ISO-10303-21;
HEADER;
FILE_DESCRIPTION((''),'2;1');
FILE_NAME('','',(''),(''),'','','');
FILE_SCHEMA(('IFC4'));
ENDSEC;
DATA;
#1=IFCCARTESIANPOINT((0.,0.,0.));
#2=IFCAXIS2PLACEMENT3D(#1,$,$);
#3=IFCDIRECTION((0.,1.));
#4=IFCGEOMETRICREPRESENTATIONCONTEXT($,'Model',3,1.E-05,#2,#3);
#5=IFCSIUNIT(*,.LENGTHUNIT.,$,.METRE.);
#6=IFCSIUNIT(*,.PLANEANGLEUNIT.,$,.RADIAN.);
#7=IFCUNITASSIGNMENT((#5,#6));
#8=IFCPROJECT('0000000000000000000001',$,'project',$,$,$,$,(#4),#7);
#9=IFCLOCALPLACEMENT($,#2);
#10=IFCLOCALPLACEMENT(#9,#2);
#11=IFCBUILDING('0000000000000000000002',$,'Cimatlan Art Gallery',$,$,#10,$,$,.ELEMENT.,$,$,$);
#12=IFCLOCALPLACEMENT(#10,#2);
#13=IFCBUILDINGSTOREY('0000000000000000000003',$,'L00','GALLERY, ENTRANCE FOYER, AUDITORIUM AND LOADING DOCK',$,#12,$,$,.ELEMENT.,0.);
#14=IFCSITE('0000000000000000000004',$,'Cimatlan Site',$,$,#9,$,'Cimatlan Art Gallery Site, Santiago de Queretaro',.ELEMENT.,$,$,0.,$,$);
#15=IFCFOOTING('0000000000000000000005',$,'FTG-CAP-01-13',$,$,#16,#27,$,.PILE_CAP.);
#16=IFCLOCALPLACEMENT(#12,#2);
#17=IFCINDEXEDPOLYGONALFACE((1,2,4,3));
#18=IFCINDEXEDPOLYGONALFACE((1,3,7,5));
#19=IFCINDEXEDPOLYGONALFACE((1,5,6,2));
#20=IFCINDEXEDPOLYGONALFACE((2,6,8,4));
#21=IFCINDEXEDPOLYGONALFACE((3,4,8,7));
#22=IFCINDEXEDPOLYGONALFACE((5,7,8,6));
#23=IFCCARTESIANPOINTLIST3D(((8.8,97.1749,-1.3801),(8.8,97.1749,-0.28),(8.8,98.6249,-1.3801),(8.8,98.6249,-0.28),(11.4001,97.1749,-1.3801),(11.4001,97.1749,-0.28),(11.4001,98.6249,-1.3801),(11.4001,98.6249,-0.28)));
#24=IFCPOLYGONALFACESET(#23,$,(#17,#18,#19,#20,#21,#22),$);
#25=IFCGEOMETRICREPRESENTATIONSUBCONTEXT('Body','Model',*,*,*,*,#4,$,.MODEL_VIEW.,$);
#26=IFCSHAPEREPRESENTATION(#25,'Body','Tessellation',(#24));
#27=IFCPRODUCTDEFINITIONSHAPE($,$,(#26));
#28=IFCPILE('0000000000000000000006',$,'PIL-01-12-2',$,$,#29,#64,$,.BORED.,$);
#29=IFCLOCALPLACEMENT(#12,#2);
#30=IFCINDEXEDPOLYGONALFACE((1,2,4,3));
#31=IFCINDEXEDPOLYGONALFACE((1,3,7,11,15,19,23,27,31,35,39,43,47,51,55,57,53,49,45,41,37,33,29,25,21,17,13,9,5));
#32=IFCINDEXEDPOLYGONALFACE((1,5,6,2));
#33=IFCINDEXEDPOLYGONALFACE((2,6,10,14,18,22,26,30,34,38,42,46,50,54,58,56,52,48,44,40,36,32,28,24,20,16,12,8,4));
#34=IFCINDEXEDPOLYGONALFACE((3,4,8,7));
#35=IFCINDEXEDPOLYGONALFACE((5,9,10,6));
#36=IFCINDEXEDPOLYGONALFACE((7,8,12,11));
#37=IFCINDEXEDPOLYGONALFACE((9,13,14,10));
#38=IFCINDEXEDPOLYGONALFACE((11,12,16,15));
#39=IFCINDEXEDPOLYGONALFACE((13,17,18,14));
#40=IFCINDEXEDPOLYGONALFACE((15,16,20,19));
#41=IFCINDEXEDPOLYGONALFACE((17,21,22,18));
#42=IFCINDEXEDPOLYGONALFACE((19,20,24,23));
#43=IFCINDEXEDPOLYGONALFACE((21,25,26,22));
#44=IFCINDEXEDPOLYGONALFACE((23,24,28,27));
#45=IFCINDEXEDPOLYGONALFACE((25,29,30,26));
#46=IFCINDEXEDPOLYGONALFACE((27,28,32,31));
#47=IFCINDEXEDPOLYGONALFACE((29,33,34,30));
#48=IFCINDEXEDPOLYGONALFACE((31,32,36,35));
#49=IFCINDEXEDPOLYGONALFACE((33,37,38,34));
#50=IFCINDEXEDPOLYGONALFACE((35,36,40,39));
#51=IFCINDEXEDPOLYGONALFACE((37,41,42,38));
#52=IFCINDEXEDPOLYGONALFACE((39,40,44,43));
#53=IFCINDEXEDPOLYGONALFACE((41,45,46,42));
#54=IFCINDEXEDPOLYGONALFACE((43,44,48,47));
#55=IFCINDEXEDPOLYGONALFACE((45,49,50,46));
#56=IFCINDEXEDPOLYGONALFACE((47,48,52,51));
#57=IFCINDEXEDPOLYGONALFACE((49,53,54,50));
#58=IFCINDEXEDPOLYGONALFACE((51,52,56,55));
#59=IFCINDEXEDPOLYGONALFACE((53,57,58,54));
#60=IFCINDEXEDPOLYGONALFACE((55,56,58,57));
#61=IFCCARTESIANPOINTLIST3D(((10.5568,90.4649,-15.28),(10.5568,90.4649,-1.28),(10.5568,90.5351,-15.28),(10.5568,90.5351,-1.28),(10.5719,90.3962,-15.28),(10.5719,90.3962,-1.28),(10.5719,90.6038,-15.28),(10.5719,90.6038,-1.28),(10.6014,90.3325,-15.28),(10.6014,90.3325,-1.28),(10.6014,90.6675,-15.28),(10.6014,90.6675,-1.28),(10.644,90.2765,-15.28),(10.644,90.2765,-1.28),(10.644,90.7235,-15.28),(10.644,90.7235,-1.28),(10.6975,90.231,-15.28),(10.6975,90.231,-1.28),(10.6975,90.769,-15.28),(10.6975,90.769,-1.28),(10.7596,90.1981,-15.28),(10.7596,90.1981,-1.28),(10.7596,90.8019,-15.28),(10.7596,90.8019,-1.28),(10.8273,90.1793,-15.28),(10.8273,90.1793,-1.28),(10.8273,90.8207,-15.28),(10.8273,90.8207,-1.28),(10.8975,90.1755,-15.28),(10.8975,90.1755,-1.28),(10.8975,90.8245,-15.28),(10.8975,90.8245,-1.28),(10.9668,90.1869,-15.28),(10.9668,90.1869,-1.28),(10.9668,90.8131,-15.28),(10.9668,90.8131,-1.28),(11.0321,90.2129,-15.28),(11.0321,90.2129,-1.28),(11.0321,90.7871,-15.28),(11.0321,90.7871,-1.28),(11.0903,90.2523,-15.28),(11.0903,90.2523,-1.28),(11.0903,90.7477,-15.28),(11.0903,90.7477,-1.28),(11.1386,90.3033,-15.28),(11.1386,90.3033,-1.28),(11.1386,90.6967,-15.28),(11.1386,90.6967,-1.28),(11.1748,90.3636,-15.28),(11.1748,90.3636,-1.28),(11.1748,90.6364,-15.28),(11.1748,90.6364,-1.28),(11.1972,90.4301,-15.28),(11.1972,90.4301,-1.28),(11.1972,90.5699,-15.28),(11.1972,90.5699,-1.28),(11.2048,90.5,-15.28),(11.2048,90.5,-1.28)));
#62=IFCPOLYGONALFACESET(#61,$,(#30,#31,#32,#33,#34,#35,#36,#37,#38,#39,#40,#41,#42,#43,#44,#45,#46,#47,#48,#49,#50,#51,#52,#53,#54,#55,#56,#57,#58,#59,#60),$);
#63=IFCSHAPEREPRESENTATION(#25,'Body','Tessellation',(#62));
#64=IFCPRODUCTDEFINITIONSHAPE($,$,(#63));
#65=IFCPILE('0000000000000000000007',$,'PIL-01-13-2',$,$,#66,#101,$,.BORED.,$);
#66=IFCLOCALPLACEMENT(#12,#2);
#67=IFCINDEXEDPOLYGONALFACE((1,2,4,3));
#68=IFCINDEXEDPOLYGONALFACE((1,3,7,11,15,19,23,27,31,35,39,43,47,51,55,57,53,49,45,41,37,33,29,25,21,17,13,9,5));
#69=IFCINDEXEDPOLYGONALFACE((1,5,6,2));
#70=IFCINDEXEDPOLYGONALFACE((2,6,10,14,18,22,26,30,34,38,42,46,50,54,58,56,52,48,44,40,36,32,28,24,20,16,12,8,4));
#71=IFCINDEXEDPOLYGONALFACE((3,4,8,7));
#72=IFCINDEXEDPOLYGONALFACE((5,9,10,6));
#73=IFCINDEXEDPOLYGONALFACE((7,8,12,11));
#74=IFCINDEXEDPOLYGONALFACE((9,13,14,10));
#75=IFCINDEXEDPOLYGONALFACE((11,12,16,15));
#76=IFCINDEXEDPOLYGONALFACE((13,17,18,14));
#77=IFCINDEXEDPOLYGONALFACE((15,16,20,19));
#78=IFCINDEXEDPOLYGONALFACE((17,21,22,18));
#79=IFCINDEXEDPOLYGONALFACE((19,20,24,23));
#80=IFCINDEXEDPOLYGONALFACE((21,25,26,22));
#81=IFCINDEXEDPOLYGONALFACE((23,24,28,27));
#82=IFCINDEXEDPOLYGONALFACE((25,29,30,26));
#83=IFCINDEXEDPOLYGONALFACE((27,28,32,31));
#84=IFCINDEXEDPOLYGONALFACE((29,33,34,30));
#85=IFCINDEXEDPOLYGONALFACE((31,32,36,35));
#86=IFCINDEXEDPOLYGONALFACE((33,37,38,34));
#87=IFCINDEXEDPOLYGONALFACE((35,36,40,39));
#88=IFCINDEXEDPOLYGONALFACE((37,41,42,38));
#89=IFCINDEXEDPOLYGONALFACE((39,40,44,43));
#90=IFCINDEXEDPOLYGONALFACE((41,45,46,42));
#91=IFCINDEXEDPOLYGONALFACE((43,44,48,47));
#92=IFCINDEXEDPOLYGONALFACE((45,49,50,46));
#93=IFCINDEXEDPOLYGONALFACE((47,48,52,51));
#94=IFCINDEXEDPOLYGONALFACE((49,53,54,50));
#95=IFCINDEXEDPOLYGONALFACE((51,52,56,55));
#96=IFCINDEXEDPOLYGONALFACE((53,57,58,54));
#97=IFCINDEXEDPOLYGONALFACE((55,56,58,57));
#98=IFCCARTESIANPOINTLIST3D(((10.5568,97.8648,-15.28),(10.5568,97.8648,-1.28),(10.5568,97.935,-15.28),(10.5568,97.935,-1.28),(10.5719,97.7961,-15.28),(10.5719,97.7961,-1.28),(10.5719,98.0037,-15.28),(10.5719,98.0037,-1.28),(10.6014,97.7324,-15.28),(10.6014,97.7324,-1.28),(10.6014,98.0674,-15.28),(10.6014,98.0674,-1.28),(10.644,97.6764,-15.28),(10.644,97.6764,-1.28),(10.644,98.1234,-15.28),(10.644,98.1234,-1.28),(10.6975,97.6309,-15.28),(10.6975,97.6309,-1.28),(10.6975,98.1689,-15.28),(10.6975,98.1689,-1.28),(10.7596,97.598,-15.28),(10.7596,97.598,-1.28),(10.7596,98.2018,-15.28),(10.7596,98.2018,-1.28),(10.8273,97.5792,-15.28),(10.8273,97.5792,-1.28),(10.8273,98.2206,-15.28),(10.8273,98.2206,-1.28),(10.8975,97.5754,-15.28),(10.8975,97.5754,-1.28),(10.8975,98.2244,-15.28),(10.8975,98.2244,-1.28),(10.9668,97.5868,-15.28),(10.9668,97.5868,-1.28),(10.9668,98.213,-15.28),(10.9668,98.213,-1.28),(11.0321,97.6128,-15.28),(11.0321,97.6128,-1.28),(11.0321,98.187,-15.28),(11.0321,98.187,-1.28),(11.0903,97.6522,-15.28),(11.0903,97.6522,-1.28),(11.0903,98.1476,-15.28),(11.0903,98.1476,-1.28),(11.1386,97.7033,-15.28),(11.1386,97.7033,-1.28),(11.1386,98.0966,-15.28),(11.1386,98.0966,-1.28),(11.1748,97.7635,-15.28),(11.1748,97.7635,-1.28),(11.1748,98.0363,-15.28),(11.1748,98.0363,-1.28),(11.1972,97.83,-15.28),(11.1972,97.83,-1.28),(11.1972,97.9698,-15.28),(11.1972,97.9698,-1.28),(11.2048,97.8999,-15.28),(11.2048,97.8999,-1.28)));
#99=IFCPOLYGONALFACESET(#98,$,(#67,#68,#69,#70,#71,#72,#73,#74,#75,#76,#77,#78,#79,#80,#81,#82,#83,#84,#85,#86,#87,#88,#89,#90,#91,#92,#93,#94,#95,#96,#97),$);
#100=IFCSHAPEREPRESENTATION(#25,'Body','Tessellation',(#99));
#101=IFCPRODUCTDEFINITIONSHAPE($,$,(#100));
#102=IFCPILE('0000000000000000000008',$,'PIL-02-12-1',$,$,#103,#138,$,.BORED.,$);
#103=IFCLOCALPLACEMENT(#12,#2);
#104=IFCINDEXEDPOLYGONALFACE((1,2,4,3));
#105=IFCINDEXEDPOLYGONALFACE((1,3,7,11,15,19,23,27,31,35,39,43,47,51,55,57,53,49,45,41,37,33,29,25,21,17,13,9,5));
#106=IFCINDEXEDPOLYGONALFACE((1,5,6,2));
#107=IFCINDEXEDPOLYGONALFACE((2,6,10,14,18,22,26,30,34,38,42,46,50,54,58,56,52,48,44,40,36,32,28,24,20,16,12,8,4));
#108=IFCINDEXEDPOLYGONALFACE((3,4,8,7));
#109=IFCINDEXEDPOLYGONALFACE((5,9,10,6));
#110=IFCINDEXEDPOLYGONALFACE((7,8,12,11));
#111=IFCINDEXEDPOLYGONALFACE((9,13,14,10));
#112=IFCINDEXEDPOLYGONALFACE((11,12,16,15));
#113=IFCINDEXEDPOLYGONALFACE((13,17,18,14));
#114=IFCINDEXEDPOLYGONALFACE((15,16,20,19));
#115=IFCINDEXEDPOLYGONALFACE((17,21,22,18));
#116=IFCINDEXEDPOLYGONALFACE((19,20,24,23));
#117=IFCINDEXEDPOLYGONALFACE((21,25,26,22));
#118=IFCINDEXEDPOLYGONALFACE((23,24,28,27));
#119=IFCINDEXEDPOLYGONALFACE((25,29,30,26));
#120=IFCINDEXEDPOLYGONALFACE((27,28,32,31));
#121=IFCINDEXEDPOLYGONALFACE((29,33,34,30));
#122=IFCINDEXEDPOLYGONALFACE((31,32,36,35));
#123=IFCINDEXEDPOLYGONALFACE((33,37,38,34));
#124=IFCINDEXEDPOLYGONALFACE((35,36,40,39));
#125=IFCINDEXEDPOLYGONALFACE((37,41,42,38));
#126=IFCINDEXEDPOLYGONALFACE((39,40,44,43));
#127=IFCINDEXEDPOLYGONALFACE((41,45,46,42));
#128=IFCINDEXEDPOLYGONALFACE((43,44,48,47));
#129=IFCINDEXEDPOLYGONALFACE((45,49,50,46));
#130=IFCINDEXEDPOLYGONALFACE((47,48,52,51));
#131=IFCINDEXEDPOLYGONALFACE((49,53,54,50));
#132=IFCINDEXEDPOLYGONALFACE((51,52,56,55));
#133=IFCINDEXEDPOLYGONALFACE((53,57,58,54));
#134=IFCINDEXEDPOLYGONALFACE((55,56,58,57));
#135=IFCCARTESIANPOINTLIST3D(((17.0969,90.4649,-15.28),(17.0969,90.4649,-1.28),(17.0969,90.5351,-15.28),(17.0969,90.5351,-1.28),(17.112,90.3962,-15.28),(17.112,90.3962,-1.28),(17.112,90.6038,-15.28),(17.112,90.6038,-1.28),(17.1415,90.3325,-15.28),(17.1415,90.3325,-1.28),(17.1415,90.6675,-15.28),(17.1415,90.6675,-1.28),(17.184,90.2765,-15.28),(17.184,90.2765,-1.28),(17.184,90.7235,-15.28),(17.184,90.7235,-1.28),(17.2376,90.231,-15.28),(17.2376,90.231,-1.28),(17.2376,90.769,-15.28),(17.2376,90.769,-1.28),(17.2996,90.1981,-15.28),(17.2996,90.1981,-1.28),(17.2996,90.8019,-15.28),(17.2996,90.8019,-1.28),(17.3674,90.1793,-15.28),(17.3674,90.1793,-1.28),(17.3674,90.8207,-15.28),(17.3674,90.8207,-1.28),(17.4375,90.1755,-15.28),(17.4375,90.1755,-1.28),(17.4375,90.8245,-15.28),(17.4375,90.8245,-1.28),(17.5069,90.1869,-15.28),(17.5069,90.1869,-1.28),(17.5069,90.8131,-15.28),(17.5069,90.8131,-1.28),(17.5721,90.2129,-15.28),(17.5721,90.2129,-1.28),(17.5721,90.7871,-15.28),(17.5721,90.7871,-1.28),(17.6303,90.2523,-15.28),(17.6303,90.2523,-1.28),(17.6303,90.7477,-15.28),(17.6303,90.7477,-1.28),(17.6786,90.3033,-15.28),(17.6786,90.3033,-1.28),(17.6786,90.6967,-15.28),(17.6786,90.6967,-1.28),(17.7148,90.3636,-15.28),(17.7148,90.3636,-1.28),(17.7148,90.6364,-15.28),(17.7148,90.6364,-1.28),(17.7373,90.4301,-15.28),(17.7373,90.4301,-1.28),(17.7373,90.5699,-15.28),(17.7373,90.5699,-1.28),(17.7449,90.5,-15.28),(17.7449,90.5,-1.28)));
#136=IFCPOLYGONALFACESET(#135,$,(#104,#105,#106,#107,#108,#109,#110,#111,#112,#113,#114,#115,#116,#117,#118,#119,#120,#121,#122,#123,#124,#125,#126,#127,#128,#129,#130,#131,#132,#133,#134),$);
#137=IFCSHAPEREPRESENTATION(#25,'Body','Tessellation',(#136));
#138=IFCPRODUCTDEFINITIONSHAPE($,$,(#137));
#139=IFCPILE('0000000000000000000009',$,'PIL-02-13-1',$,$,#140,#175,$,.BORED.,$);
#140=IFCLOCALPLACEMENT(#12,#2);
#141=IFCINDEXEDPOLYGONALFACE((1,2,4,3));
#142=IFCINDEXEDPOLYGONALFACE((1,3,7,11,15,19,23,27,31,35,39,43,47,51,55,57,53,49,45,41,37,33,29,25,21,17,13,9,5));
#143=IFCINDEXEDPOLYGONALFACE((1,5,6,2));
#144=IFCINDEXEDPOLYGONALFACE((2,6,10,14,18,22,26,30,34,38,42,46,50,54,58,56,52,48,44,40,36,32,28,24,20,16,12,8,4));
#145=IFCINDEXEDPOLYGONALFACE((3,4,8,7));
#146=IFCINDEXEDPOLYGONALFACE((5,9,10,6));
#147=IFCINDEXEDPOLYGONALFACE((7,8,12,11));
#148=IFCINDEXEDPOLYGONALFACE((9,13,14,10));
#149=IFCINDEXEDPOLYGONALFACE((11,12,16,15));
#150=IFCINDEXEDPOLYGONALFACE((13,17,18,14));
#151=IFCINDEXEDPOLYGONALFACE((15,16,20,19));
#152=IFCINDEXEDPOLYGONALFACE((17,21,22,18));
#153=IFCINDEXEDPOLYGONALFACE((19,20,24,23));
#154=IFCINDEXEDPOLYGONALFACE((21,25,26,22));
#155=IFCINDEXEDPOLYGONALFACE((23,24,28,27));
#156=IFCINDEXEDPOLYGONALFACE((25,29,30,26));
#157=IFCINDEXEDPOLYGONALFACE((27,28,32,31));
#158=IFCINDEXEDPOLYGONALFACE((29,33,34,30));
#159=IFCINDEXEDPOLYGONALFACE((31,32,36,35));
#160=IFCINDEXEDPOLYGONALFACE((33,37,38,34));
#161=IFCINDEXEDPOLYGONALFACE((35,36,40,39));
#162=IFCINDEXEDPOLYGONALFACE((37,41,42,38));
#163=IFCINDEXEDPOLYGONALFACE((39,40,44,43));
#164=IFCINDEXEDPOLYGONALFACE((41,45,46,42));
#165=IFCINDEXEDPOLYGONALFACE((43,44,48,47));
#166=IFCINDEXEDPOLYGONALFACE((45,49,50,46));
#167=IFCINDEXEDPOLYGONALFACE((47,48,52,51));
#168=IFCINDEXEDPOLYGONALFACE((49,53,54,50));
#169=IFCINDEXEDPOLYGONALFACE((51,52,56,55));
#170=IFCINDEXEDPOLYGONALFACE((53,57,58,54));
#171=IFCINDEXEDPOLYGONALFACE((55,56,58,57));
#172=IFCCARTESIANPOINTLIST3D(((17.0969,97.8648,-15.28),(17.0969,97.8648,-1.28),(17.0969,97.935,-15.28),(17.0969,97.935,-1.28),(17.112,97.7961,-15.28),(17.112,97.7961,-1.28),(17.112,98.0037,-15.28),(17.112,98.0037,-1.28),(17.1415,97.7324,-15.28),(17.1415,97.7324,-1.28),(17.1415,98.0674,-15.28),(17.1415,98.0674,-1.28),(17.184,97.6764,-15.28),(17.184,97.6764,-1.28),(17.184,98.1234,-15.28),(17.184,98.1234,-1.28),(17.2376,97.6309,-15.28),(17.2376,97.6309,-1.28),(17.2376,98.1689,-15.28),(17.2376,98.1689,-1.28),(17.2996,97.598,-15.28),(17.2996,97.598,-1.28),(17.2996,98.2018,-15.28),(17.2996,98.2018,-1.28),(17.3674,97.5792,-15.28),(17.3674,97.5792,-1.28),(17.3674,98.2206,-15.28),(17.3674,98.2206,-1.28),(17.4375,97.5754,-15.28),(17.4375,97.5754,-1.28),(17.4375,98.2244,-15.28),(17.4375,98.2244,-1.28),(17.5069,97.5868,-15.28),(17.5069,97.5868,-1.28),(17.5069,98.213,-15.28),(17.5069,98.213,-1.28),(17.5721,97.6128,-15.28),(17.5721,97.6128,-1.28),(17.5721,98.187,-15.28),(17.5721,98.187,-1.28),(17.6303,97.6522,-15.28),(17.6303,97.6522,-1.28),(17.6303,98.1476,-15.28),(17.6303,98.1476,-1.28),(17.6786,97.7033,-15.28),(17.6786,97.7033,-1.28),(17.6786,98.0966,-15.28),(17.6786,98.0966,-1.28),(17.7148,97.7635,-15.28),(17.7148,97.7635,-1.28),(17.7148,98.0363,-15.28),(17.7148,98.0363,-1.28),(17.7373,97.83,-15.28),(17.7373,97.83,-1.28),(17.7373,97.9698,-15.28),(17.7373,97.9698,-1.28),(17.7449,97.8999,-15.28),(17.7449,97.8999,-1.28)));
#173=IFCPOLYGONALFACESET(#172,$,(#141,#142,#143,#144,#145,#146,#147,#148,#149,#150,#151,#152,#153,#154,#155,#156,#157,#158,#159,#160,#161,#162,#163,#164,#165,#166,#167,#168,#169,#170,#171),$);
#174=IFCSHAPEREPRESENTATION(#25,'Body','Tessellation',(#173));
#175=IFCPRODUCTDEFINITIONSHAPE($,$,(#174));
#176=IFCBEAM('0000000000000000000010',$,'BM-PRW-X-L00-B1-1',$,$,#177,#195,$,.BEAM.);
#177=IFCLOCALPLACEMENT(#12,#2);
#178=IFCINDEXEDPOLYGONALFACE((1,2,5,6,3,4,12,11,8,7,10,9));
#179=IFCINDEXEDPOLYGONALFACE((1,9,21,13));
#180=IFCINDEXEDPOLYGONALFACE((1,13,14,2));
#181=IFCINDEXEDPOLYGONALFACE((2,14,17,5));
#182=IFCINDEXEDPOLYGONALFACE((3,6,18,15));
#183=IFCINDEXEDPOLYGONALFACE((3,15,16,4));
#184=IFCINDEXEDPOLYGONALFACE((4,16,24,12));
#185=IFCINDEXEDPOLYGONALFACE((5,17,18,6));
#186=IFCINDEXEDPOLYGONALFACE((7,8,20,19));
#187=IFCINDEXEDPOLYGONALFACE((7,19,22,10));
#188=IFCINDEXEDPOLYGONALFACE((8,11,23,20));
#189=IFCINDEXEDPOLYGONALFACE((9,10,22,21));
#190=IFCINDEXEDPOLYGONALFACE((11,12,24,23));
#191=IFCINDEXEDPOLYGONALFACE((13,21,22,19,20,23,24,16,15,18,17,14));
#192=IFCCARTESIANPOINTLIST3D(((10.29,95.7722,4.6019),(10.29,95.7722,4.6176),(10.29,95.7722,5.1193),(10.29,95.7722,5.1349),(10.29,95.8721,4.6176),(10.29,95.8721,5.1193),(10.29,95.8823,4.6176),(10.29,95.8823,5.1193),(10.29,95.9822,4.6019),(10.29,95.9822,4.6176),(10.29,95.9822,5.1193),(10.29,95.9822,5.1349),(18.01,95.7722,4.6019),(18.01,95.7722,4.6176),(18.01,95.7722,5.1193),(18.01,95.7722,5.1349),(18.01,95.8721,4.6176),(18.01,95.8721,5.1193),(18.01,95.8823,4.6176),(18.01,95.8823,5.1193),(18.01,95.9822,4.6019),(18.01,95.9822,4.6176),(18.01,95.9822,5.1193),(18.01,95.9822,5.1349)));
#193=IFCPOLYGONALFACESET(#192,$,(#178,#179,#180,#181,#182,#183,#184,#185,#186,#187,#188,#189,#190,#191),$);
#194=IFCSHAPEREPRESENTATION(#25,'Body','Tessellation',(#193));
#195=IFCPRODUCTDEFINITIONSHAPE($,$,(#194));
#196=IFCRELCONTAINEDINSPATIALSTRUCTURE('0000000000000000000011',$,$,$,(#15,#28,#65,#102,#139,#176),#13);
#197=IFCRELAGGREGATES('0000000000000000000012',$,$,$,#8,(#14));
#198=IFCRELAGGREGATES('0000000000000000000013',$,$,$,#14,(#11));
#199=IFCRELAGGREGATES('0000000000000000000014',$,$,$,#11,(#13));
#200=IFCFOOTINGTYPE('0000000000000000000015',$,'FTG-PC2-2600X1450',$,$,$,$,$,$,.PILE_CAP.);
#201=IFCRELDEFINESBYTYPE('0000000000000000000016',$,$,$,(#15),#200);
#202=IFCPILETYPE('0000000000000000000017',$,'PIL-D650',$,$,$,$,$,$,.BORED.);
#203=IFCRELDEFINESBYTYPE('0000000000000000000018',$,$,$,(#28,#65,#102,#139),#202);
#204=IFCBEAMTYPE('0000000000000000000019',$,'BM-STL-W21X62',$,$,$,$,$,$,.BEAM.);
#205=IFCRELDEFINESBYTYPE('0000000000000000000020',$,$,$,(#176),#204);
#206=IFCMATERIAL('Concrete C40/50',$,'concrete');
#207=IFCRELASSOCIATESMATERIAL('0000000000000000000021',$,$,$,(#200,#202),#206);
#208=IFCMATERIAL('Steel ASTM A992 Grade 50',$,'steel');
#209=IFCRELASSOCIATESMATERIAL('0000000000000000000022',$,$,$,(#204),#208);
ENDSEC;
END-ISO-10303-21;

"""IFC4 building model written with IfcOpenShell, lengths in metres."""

from ifc_helpers import new_model, si_unit, direction, frame, origin, origin_2d, place, context, subcontext, project, spatial, rectangle, circle, i_section, extrude, material, material_profile, profile_set, type_object, element, save


model = new_model("IFC4")

# Units and contexts
model_context = context("Model", 3, precision=1e-05, world=origin(), true_north=direction((0.0, 1.0)))
body_context = subcontext(model_context, "Body", "Model", "MODEL_VIEW")
ifc_project = project(units=[si_unit("LENGTHUNIT", "METRE"), si_unit("PLANEANGLEUNIT", "RADIAN")], contexts=[model_context])

# Site, building, storey
site_placement = place(None, origin())
site = spatial("IfcSite", under=ifc_project, at=site_placement, Name="Cimatlan Site", LongName="Cimatlan Art Gallery Site, Santiago de Queretaro", CompositionType="ELEMENT", RefElevation=0.0)
building_placement = place(site_placement, origin())
building = spatial("IfcBuilding", under=site, at=building_placement, Name="Cimatlan Art Gallery", CompositionType="ELEMENT")
storey_placement = place(building_placement, origin())
storey = spatial("IfcBuildingStorey", under=building, at=storey_placement, Name="L00", Description="GALLERY, ENTRANCE FOYER, AUDITORIUM AND LOADING DOCK", CompositionType="ELEMENT", Elevation=0.0)

# Footing
ifc_material_1 = material(Name="Concrete C40/50", Category="concrete")
footing_type = type_object("IfcFootingType", Name="FTG-PC2-2600X1450", PredefinedType="PILE_CAP", material=ifc_material_1)
footing_placement = place(storey_placement, frame((10.1001, 97.8999, -1.3801), z_axis=(0.0, 0.0, 1.0), x_axis=(1.0, 0.0, 0.0)))
element("IfcFooting", 1, at=footing_placement, inside=storey, type_object=footing_type, Name="FTG-CAP-01-13", PredefinedType="PILE_CAP", context=body_context, shape_type="SweptSolid", body=[
    extrude(rectangle(XDim=2.6001, YDim=1.45, at=origin_2d()), origin(), (0.0, 0.0, 1.0), 1.1001),
])

# Piles
pile_type = type_object("IfcPileType", Name="PIL-D650", PredefinedType="BORED", material=ifc_material_1)
for number, where, z_axis, x_axis, name in (
    (2, (10.8799, 90.5, -1.28), (0.0, 0.0, -1.0), (1.0, 0.0, 0.0), "PIL-01-12-2"),
    (3, (10.8799, 97.8999, -1.28), (0.0, 0.0, -1.0), (1.0, 0.0, 0.0), "PIL-01-13-2"),
    (4, (17.4199, 90.5, -1.28), (0.0, 0.0, -1.0), (1.0, 0.0, 0.0), "PIL-02-12-1"),
    (5, (17.4199, 97.8999, -1.28), (0.0, 0.0, -1.0), (1.0, 0.0, 0.0), "PIL-02-13-1"),
):
    element("IfcPile", number, at=place(storey_placement, frame(where, z_axis=z_axis, x_axis=x_axis)), inside=storey, type_object=pile_type, Name=name, PredefinedType="BORED", context=body_context, shape_type="SweptSolid", body=[
        extrude(circle(Radius=0.325, at=origin_2d()), origin(), (0.0, 0.0, 1.0), 14.0),
    ])

# Beam
ifc_material_2 = material(Name="Steel ASTM A992 Grade 50", Category="steel")
ifc_material_profile_1 = material_profile(ifc_material_2, i_section(OverallWidth=0.21, OverallDepth=0.533, WebThickness=0.0103, FlangeThickness=0.0156, at=origin_2d()), Name="W21X62")
ifc_profile_set_1 = profile_set([ifc_material_profile_1], Name="Steel ASTM A992 Grade 50")
beam_type = type_object("IfcBeamType", Name="BM-STL-W21X62", PredefinedType="BEAM", material=ifc_profile_set_1)
beam_placement = place(storey_placement, frame((10.29, 95.8772, 4.8684), z_axis=(1.0, 0.0, 0.0), x_axis=(0.0, 1.0, 0.0)))
element("IfcBeam", 6, at=beam_placement, inside=storey, type_object=beam_type, Name="BM-PRW-X-L00-B1-1", PredefinedType="BEAM", context=body_context, shape_type="SweptSolid", body=[
    extrude(i_section(OverallWidth=0.21, OverallDepth=0.533, WebThickness=0.0103, FlangeThickness=0.0156, at=origin_2d()), origin(), (0.0, 0.0, 1.0), 7.72),
])

save(model, "model.ifc")
